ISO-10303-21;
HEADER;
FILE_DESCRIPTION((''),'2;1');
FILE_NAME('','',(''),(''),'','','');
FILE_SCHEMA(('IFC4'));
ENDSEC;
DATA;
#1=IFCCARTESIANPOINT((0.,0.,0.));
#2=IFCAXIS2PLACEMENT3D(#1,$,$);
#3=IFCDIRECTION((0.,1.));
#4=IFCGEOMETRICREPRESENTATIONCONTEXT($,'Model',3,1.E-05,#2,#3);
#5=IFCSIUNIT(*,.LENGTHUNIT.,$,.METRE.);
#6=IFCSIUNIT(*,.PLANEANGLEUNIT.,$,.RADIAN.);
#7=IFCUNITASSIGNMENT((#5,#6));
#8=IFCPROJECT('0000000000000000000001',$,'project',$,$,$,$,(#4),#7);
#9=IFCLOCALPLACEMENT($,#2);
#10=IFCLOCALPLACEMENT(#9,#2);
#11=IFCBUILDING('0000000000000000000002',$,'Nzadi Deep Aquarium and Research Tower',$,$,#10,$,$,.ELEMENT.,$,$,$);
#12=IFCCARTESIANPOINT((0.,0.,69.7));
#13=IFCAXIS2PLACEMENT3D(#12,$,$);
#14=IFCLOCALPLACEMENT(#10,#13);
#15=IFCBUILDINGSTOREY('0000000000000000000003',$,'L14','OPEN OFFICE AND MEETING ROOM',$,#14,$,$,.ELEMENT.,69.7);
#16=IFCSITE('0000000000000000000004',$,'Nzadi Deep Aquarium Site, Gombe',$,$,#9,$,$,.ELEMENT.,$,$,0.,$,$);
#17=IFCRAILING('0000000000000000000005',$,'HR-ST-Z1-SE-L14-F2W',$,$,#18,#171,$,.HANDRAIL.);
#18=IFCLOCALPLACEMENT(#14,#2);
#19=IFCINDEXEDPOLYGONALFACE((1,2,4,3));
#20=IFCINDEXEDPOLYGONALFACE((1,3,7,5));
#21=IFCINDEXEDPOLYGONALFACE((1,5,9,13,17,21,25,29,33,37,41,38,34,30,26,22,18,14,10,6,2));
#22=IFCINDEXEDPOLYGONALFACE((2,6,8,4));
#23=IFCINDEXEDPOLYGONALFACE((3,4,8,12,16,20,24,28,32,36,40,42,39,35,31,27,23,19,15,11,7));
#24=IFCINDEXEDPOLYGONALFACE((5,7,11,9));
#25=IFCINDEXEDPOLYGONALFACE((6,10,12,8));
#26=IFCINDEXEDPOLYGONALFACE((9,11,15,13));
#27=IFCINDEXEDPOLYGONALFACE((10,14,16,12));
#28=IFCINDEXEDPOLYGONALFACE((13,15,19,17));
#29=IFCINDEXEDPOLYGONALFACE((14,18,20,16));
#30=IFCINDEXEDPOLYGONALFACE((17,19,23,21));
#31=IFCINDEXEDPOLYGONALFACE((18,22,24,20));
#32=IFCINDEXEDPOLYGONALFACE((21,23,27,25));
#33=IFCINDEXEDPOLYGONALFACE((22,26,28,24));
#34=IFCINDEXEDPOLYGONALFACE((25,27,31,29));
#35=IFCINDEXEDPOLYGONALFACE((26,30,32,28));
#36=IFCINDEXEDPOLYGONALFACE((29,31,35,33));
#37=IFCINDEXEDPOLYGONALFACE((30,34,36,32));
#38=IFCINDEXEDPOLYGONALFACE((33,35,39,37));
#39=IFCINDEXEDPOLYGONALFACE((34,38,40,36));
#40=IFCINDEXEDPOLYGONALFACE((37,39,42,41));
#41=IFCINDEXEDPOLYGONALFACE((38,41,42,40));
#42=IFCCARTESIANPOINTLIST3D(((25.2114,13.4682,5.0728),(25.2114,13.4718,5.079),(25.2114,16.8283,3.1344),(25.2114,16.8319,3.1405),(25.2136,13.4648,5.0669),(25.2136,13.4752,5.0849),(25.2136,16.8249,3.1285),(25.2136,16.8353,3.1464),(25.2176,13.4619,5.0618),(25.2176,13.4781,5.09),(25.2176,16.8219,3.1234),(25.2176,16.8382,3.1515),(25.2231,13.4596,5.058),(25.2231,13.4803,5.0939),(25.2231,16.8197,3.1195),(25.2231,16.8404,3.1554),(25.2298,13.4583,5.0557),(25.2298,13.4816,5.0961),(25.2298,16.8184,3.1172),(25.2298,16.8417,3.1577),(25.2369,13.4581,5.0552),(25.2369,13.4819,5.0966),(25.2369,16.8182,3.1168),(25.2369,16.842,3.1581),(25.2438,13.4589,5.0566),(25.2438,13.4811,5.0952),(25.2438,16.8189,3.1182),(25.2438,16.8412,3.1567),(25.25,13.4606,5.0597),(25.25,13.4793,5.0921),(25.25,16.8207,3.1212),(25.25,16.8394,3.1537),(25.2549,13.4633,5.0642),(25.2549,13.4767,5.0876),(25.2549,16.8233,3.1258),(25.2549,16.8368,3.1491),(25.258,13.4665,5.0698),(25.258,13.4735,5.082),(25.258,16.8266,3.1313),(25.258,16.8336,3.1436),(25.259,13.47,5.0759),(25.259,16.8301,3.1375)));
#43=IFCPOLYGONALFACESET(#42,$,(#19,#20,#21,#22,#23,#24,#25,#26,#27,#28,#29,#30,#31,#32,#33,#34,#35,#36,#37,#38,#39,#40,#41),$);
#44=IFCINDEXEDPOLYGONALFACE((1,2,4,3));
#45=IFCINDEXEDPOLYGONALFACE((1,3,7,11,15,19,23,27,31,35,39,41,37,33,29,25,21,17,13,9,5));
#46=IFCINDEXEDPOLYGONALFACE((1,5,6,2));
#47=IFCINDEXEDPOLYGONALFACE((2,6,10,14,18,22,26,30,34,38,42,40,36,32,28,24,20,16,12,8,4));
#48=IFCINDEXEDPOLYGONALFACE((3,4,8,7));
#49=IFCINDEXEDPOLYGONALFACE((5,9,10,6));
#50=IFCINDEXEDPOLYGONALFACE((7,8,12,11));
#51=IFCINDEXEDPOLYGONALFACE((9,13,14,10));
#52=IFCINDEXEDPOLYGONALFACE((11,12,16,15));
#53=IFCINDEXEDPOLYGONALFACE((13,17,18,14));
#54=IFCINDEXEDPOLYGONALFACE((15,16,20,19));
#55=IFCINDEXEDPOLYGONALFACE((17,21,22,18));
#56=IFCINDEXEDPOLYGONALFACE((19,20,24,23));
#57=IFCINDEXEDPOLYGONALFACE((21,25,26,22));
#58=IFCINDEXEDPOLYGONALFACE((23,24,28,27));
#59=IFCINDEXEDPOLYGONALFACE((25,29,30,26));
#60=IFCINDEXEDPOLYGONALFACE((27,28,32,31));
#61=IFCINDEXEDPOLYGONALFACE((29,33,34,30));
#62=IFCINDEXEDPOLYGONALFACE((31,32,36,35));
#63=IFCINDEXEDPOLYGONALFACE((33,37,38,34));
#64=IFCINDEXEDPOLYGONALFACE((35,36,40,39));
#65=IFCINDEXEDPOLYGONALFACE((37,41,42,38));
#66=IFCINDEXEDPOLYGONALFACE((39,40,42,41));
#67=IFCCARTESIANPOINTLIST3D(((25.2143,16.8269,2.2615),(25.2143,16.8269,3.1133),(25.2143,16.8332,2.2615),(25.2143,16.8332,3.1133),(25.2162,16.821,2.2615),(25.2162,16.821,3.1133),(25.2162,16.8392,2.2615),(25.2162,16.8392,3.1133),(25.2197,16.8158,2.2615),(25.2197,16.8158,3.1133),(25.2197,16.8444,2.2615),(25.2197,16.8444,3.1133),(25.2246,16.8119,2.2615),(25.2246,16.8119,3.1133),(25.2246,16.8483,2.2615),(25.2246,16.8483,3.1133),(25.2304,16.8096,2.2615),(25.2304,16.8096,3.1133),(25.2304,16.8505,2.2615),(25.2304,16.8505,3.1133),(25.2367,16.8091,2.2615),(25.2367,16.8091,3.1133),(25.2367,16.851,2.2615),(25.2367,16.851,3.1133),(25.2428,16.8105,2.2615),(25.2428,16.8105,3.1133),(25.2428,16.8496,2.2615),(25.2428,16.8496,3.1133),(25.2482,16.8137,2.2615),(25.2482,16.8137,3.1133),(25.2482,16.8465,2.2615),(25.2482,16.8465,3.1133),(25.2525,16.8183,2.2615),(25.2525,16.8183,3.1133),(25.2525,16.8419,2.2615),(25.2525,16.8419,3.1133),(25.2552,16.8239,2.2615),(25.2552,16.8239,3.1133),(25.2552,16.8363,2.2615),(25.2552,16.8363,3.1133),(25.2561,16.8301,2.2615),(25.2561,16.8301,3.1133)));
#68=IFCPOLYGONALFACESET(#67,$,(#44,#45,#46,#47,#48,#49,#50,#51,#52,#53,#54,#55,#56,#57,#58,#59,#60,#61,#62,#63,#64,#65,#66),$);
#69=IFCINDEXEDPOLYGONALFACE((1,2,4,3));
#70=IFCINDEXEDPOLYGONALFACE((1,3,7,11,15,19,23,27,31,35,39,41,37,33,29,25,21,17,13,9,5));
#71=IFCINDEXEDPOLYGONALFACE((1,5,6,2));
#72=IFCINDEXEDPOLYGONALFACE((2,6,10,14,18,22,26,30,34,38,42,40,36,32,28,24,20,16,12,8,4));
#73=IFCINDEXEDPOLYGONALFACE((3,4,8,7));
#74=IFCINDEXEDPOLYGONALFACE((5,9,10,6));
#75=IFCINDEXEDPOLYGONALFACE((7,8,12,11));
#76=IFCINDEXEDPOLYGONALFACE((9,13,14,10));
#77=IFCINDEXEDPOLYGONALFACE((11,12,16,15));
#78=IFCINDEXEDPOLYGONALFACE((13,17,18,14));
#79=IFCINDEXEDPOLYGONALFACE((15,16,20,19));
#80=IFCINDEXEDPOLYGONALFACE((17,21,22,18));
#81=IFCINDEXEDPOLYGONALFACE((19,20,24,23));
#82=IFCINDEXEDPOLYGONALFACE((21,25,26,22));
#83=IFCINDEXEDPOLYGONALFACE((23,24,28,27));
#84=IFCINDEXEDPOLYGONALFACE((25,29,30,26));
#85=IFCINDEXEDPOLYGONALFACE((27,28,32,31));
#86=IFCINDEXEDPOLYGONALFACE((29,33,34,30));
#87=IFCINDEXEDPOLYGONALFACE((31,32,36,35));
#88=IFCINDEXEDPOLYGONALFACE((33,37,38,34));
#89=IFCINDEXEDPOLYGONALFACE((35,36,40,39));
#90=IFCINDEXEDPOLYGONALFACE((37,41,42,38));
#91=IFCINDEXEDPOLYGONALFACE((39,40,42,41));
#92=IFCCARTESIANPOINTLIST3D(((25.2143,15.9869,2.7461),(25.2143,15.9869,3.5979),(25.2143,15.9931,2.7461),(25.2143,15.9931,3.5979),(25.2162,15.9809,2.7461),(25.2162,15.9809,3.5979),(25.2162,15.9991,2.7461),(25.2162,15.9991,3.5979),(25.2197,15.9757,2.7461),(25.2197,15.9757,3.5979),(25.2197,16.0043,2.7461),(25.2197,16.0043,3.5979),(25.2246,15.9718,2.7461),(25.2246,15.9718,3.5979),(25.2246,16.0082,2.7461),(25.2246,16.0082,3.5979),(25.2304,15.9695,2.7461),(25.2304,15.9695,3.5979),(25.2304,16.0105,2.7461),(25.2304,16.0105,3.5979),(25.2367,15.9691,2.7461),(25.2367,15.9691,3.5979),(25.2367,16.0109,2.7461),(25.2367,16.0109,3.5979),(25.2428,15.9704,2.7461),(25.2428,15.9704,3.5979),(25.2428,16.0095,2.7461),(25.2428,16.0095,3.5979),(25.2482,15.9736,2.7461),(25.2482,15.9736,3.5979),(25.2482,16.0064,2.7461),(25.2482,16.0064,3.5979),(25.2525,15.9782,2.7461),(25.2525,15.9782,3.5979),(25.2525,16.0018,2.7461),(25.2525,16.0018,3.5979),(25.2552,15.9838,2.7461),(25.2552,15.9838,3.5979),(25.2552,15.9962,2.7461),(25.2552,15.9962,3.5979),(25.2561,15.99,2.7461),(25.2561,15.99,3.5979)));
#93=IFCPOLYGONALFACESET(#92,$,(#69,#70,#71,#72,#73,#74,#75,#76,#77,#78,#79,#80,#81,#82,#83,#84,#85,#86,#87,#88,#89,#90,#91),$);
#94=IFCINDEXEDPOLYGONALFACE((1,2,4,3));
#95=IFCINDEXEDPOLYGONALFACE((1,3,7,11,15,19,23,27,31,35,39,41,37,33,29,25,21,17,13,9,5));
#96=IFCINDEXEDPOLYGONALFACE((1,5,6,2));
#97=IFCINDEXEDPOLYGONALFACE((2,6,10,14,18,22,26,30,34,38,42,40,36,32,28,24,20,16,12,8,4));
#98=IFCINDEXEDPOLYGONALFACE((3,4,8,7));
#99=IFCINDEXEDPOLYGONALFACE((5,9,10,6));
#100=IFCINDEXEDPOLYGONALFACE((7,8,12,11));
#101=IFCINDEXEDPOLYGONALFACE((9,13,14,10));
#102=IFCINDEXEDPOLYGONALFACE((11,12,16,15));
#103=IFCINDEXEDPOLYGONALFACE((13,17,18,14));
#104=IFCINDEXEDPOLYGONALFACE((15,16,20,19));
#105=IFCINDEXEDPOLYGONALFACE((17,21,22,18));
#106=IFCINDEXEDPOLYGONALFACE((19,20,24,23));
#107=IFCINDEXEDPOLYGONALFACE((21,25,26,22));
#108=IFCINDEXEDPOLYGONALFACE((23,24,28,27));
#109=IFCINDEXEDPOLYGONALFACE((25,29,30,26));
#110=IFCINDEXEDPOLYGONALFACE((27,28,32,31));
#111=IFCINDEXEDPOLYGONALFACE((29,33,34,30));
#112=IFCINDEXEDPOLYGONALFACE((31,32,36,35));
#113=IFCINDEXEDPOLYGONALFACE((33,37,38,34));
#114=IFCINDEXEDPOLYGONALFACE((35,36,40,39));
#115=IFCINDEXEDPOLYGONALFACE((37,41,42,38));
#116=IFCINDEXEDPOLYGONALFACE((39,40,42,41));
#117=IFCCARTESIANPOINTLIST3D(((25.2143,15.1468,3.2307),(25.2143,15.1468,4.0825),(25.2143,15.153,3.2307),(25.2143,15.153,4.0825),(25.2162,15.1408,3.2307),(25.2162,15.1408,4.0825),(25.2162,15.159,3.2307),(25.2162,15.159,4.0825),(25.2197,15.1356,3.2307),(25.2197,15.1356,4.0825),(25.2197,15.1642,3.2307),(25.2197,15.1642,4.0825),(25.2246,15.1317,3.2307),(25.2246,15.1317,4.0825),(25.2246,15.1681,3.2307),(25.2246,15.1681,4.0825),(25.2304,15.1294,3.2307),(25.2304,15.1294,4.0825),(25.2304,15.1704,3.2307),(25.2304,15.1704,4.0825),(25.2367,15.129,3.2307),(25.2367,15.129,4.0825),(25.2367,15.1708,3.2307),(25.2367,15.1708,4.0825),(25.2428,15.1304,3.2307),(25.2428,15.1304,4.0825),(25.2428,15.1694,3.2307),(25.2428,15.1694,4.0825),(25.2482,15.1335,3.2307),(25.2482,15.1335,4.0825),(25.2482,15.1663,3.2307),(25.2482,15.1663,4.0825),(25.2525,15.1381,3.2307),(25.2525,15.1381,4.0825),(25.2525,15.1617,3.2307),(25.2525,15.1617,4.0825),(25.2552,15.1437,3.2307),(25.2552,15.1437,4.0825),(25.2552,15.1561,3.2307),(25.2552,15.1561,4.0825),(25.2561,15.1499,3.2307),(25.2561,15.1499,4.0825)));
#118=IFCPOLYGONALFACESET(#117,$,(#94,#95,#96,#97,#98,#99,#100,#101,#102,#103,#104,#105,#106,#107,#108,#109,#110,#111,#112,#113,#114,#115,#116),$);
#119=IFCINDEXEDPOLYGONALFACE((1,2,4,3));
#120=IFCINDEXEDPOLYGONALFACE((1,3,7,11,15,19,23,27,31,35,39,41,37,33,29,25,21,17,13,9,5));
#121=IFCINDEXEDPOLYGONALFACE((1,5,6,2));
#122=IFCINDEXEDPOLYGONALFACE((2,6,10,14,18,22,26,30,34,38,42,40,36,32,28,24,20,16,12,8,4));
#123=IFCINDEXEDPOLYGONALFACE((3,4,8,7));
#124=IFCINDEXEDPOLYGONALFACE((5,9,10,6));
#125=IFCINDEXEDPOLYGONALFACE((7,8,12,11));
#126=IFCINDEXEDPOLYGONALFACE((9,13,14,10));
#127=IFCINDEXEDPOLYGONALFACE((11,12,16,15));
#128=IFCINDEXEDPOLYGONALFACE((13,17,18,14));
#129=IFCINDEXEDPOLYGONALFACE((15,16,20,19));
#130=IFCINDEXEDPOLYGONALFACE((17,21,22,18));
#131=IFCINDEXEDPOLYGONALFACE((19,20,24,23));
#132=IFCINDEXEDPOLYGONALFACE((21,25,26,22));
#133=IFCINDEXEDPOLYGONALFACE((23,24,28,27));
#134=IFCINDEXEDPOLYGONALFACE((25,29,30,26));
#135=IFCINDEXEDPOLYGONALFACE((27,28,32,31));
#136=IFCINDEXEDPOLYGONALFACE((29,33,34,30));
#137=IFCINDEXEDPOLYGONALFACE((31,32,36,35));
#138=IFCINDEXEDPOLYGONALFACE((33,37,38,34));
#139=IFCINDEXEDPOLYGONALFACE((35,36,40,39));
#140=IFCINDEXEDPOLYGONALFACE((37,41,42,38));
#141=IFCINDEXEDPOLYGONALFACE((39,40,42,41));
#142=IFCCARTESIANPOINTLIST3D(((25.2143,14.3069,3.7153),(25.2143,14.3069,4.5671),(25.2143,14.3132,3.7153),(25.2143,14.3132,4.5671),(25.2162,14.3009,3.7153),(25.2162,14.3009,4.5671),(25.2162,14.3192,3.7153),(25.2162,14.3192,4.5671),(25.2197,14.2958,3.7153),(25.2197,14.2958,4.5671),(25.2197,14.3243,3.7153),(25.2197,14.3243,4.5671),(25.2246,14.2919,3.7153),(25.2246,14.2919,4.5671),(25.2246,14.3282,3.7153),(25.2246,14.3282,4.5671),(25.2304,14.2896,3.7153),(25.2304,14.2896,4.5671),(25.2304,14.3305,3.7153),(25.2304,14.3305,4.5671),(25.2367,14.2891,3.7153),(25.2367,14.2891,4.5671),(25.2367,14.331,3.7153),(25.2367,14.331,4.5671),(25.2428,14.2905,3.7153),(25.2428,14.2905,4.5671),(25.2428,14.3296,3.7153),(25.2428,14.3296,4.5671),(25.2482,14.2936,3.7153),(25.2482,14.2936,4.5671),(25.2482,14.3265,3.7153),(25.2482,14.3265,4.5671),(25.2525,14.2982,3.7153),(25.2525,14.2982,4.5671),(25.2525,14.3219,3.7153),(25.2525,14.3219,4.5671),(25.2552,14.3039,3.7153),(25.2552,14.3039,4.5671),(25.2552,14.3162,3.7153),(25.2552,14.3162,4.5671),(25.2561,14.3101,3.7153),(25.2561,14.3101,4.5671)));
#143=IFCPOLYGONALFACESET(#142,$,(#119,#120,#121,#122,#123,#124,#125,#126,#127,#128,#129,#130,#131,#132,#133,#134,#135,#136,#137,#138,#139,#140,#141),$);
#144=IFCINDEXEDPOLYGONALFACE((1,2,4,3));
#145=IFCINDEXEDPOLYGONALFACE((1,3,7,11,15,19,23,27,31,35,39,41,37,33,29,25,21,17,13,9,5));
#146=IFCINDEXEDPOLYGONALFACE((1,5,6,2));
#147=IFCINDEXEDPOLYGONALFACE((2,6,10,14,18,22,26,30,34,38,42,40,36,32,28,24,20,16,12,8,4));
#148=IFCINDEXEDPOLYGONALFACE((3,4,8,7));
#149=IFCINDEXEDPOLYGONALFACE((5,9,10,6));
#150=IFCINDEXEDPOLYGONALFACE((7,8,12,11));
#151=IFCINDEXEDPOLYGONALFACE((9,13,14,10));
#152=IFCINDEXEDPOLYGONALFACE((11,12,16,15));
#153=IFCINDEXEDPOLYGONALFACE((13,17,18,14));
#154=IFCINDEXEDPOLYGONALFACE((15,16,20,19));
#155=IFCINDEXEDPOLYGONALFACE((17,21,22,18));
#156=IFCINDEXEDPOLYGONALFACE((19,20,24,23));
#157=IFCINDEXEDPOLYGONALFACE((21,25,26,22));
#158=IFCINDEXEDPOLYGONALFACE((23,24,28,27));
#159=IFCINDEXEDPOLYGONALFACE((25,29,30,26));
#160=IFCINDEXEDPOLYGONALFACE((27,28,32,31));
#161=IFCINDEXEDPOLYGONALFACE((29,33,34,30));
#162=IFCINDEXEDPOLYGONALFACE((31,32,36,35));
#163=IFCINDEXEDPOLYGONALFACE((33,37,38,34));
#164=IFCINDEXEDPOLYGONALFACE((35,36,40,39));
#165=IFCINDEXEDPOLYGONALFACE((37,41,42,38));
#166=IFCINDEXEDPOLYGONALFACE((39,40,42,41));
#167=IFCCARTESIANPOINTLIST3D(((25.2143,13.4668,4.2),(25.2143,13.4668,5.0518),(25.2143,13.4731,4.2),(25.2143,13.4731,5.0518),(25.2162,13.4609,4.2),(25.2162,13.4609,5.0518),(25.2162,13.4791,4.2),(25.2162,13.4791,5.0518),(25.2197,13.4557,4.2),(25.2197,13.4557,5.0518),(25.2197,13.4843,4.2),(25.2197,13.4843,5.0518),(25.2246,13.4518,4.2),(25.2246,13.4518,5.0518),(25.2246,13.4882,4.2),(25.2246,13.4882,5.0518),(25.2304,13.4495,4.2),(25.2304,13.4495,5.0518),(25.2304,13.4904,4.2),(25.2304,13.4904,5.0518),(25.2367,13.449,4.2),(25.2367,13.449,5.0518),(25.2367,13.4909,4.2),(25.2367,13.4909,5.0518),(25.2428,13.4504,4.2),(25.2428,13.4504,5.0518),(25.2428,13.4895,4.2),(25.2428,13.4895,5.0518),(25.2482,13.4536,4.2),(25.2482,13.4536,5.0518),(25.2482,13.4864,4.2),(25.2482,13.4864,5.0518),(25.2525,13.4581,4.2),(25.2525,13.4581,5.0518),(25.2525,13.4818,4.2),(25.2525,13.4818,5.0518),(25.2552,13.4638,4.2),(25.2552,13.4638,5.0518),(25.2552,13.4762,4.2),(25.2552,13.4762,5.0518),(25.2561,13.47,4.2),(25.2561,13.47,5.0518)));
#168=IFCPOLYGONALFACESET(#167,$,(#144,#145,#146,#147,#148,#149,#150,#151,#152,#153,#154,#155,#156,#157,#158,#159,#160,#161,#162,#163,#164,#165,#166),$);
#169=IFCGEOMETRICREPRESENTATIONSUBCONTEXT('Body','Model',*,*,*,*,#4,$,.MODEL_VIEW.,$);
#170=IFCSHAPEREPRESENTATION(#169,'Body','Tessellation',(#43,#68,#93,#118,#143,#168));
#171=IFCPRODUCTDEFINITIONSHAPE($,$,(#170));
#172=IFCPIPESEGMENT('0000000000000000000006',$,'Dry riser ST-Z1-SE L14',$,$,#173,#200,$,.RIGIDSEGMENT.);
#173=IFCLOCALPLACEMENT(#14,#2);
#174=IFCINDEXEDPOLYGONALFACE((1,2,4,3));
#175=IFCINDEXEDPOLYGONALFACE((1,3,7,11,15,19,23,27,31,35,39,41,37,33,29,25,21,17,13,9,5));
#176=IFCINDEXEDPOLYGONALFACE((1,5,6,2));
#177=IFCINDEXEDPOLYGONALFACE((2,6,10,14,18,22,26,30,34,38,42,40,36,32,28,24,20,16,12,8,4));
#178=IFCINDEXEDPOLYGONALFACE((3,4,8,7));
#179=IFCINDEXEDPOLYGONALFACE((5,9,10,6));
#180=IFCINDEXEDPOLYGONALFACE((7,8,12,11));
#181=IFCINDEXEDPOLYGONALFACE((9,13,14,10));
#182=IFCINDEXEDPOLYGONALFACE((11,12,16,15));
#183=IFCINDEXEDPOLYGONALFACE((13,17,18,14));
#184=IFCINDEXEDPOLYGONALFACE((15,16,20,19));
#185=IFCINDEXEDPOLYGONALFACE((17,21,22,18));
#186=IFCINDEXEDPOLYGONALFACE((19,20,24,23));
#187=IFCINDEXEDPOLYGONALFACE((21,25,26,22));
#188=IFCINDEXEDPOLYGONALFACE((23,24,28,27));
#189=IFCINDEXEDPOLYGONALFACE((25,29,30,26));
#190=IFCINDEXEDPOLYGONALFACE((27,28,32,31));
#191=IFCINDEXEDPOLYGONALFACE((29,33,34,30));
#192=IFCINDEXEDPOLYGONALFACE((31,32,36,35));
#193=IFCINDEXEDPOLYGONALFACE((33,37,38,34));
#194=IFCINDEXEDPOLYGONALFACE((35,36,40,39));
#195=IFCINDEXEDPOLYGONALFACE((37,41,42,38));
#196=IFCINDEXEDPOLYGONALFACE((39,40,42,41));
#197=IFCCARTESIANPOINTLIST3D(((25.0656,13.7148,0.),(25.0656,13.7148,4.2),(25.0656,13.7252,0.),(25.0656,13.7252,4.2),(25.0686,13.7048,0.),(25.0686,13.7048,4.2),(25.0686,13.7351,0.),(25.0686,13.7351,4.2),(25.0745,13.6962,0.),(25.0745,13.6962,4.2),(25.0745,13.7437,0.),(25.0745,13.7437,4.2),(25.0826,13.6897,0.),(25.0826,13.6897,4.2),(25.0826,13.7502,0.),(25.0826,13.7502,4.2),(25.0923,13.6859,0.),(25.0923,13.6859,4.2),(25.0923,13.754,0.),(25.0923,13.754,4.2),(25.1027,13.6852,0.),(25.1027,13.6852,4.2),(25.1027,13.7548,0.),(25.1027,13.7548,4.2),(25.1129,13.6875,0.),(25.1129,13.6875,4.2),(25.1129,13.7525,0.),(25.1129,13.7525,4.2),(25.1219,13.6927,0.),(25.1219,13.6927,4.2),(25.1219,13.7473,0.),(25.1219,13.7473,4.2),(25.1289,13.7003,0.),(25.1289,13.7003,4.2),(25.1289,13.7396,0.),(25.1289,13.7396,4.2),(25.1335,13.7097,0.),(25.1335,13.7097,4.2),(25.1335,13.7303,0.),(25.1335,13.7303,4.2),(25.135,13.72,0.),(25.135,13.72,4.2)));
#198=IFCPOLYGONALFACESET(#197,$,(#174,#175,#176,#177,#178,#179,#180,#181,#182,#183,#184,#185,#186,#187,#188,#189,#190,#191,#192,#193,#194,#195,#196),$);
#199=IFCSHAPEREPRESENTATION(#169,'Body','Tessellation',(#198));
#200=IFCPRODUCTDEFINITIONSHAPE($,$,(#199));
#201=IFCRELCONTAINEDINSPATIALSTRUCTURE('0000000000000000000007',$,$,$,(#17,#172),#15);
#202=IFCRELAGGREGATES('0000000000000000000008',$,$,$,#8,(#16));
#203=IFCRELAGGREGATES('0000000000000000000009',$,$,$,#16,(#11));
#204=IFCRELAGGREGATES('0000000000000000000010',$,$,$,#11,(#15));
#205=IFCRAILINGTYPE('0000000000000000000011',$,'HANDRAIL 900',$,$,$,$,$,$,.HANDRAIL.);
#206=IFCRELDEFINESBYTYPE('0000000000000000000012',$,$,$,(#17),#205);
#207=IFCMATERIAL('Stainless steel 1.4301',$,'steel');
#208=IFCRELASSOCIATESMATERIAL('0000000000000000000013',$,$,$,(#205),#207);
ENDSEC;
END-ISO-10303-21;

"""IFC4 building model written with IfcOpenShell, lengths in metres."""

from ifc_helpers import new_model, si_unit, direction, frame, origin, origin_2d, place, context, subcontext, project, spatial, circle, extrude, material, type_object, element, save


model = new_model("IFC4")

# Units and contexts
model_context = context("Model", 3, precision=1e-05, world=origin(), true_north=direction((0.0, 1.0)))
body_context = subcontext(model_context, "Body", "Model", "MODEL_VIEW")
ifc_project = project(units=[si_unit("LENGTHUNIT", "METRE"), si_unit("PLANEANGLEUNIT", "RADIAN")], contexts=[model_context])

# Site, building, storey
site_placement = place(None, origin())
site = spatial("IfcSite", under=ifc_project, at=site_placement, Name="Nzadi Deep Aquarium Site, Gombe", CompositionType="ELEMENT", RefElevation=0.0)
building_placement = place(site_placement, origin())
building = spatial("IfcBuilding", under=site, at=building_placement, Name="Nzadi Deep Aquarium and Research Tower", CompositionType="ELEMENT")
storey_placement = place(building_placement, frame((0.0, 0.0, 69.7)))
storey = spatial("IfcBuildingStorey", under=building, at=storey_placement, Name="L14", Description="OPEN OFFICE AND MEETING ROOM", CompositionType="ELEMENT", Elevation=69.7)

# Railing
ifc_material_1 = material(Name="Stainless steel 1.4301", Category="steel")
railing_type = type_object("IfcRailingType", Name="HANDRAIL 900", PredefinedType="HANDRAIL", material=ifc_material_1)
for number, where, name in (
    (1, (25.2351, 16.8301, 2.2615), "HR-ST-Z1-SE-L14-F2W"),
):
    element("IfcRailing", number, at=place(storey_placement, frame(where)), inside=storey, type_object=railing_type, Name=name, PredefinedType="HANDRAIL", context=body_context, shape_type="SweptSolid", body=[
        extrude(circle(Radius=0.0239, at=origin_2d()), frame((0.0, 0.0, 0.876), z_axis=(0.0, -0.866191, 0.499713), x_axis=(1.0, 0.0, 0.0)), (0.0, 0.0, 1.0), 3.8792),
        extrude(circle(Radius=0.021, at=origin_2d()), origin(), (0.0, 0.0, 1.0), 0.8518),
        extrude(circle(Radius=0.021, at=origin_2d()), frame((0.0, -0.8401, 0.4846)), (0.0, 0.0, 1.0), 0.8518),
        extrude(circle(Radius=0.021, at=origin_2d()), frame((0.0, -1.6802, 0.9692)), (0.0, 0.0, 1.0), 0.8518),
        extrude(circle(Radius=0.021, at=origin_2d()), frame((0.0, -2.52, 1.4539)), (0.0, 0.0, 1.0), 0.8518),
        extrude(circle(Radius=0.021, at=origin_2d()), frame((0.0, -3.3601, 1.9385)), (0.0, 0.0, 1.0), 0.8518),
    ])

# Pipe segment
pipe_segment_placement = place(storey_placement, frame((25.1001, 13.72, 0.0), z_axis=(0.0, 0.0, 1.0), x_axis=(1.0, 0.0, 0.0)))
element("IfcPipeSegment", 2, at=pipe_segment_placement, inside=storey, Name="Dry riser ST-Z1-SE L14", PredefinedType="RIGIDSEGMENT", context=body_context, shape_type="SweptSolid", body=[
    extrude(circle(Radius=0.0349, at=origin_2d()), origin(), (0.0, 0.0, 1.0), 4.2),
])

save(model, "model.ifc")
